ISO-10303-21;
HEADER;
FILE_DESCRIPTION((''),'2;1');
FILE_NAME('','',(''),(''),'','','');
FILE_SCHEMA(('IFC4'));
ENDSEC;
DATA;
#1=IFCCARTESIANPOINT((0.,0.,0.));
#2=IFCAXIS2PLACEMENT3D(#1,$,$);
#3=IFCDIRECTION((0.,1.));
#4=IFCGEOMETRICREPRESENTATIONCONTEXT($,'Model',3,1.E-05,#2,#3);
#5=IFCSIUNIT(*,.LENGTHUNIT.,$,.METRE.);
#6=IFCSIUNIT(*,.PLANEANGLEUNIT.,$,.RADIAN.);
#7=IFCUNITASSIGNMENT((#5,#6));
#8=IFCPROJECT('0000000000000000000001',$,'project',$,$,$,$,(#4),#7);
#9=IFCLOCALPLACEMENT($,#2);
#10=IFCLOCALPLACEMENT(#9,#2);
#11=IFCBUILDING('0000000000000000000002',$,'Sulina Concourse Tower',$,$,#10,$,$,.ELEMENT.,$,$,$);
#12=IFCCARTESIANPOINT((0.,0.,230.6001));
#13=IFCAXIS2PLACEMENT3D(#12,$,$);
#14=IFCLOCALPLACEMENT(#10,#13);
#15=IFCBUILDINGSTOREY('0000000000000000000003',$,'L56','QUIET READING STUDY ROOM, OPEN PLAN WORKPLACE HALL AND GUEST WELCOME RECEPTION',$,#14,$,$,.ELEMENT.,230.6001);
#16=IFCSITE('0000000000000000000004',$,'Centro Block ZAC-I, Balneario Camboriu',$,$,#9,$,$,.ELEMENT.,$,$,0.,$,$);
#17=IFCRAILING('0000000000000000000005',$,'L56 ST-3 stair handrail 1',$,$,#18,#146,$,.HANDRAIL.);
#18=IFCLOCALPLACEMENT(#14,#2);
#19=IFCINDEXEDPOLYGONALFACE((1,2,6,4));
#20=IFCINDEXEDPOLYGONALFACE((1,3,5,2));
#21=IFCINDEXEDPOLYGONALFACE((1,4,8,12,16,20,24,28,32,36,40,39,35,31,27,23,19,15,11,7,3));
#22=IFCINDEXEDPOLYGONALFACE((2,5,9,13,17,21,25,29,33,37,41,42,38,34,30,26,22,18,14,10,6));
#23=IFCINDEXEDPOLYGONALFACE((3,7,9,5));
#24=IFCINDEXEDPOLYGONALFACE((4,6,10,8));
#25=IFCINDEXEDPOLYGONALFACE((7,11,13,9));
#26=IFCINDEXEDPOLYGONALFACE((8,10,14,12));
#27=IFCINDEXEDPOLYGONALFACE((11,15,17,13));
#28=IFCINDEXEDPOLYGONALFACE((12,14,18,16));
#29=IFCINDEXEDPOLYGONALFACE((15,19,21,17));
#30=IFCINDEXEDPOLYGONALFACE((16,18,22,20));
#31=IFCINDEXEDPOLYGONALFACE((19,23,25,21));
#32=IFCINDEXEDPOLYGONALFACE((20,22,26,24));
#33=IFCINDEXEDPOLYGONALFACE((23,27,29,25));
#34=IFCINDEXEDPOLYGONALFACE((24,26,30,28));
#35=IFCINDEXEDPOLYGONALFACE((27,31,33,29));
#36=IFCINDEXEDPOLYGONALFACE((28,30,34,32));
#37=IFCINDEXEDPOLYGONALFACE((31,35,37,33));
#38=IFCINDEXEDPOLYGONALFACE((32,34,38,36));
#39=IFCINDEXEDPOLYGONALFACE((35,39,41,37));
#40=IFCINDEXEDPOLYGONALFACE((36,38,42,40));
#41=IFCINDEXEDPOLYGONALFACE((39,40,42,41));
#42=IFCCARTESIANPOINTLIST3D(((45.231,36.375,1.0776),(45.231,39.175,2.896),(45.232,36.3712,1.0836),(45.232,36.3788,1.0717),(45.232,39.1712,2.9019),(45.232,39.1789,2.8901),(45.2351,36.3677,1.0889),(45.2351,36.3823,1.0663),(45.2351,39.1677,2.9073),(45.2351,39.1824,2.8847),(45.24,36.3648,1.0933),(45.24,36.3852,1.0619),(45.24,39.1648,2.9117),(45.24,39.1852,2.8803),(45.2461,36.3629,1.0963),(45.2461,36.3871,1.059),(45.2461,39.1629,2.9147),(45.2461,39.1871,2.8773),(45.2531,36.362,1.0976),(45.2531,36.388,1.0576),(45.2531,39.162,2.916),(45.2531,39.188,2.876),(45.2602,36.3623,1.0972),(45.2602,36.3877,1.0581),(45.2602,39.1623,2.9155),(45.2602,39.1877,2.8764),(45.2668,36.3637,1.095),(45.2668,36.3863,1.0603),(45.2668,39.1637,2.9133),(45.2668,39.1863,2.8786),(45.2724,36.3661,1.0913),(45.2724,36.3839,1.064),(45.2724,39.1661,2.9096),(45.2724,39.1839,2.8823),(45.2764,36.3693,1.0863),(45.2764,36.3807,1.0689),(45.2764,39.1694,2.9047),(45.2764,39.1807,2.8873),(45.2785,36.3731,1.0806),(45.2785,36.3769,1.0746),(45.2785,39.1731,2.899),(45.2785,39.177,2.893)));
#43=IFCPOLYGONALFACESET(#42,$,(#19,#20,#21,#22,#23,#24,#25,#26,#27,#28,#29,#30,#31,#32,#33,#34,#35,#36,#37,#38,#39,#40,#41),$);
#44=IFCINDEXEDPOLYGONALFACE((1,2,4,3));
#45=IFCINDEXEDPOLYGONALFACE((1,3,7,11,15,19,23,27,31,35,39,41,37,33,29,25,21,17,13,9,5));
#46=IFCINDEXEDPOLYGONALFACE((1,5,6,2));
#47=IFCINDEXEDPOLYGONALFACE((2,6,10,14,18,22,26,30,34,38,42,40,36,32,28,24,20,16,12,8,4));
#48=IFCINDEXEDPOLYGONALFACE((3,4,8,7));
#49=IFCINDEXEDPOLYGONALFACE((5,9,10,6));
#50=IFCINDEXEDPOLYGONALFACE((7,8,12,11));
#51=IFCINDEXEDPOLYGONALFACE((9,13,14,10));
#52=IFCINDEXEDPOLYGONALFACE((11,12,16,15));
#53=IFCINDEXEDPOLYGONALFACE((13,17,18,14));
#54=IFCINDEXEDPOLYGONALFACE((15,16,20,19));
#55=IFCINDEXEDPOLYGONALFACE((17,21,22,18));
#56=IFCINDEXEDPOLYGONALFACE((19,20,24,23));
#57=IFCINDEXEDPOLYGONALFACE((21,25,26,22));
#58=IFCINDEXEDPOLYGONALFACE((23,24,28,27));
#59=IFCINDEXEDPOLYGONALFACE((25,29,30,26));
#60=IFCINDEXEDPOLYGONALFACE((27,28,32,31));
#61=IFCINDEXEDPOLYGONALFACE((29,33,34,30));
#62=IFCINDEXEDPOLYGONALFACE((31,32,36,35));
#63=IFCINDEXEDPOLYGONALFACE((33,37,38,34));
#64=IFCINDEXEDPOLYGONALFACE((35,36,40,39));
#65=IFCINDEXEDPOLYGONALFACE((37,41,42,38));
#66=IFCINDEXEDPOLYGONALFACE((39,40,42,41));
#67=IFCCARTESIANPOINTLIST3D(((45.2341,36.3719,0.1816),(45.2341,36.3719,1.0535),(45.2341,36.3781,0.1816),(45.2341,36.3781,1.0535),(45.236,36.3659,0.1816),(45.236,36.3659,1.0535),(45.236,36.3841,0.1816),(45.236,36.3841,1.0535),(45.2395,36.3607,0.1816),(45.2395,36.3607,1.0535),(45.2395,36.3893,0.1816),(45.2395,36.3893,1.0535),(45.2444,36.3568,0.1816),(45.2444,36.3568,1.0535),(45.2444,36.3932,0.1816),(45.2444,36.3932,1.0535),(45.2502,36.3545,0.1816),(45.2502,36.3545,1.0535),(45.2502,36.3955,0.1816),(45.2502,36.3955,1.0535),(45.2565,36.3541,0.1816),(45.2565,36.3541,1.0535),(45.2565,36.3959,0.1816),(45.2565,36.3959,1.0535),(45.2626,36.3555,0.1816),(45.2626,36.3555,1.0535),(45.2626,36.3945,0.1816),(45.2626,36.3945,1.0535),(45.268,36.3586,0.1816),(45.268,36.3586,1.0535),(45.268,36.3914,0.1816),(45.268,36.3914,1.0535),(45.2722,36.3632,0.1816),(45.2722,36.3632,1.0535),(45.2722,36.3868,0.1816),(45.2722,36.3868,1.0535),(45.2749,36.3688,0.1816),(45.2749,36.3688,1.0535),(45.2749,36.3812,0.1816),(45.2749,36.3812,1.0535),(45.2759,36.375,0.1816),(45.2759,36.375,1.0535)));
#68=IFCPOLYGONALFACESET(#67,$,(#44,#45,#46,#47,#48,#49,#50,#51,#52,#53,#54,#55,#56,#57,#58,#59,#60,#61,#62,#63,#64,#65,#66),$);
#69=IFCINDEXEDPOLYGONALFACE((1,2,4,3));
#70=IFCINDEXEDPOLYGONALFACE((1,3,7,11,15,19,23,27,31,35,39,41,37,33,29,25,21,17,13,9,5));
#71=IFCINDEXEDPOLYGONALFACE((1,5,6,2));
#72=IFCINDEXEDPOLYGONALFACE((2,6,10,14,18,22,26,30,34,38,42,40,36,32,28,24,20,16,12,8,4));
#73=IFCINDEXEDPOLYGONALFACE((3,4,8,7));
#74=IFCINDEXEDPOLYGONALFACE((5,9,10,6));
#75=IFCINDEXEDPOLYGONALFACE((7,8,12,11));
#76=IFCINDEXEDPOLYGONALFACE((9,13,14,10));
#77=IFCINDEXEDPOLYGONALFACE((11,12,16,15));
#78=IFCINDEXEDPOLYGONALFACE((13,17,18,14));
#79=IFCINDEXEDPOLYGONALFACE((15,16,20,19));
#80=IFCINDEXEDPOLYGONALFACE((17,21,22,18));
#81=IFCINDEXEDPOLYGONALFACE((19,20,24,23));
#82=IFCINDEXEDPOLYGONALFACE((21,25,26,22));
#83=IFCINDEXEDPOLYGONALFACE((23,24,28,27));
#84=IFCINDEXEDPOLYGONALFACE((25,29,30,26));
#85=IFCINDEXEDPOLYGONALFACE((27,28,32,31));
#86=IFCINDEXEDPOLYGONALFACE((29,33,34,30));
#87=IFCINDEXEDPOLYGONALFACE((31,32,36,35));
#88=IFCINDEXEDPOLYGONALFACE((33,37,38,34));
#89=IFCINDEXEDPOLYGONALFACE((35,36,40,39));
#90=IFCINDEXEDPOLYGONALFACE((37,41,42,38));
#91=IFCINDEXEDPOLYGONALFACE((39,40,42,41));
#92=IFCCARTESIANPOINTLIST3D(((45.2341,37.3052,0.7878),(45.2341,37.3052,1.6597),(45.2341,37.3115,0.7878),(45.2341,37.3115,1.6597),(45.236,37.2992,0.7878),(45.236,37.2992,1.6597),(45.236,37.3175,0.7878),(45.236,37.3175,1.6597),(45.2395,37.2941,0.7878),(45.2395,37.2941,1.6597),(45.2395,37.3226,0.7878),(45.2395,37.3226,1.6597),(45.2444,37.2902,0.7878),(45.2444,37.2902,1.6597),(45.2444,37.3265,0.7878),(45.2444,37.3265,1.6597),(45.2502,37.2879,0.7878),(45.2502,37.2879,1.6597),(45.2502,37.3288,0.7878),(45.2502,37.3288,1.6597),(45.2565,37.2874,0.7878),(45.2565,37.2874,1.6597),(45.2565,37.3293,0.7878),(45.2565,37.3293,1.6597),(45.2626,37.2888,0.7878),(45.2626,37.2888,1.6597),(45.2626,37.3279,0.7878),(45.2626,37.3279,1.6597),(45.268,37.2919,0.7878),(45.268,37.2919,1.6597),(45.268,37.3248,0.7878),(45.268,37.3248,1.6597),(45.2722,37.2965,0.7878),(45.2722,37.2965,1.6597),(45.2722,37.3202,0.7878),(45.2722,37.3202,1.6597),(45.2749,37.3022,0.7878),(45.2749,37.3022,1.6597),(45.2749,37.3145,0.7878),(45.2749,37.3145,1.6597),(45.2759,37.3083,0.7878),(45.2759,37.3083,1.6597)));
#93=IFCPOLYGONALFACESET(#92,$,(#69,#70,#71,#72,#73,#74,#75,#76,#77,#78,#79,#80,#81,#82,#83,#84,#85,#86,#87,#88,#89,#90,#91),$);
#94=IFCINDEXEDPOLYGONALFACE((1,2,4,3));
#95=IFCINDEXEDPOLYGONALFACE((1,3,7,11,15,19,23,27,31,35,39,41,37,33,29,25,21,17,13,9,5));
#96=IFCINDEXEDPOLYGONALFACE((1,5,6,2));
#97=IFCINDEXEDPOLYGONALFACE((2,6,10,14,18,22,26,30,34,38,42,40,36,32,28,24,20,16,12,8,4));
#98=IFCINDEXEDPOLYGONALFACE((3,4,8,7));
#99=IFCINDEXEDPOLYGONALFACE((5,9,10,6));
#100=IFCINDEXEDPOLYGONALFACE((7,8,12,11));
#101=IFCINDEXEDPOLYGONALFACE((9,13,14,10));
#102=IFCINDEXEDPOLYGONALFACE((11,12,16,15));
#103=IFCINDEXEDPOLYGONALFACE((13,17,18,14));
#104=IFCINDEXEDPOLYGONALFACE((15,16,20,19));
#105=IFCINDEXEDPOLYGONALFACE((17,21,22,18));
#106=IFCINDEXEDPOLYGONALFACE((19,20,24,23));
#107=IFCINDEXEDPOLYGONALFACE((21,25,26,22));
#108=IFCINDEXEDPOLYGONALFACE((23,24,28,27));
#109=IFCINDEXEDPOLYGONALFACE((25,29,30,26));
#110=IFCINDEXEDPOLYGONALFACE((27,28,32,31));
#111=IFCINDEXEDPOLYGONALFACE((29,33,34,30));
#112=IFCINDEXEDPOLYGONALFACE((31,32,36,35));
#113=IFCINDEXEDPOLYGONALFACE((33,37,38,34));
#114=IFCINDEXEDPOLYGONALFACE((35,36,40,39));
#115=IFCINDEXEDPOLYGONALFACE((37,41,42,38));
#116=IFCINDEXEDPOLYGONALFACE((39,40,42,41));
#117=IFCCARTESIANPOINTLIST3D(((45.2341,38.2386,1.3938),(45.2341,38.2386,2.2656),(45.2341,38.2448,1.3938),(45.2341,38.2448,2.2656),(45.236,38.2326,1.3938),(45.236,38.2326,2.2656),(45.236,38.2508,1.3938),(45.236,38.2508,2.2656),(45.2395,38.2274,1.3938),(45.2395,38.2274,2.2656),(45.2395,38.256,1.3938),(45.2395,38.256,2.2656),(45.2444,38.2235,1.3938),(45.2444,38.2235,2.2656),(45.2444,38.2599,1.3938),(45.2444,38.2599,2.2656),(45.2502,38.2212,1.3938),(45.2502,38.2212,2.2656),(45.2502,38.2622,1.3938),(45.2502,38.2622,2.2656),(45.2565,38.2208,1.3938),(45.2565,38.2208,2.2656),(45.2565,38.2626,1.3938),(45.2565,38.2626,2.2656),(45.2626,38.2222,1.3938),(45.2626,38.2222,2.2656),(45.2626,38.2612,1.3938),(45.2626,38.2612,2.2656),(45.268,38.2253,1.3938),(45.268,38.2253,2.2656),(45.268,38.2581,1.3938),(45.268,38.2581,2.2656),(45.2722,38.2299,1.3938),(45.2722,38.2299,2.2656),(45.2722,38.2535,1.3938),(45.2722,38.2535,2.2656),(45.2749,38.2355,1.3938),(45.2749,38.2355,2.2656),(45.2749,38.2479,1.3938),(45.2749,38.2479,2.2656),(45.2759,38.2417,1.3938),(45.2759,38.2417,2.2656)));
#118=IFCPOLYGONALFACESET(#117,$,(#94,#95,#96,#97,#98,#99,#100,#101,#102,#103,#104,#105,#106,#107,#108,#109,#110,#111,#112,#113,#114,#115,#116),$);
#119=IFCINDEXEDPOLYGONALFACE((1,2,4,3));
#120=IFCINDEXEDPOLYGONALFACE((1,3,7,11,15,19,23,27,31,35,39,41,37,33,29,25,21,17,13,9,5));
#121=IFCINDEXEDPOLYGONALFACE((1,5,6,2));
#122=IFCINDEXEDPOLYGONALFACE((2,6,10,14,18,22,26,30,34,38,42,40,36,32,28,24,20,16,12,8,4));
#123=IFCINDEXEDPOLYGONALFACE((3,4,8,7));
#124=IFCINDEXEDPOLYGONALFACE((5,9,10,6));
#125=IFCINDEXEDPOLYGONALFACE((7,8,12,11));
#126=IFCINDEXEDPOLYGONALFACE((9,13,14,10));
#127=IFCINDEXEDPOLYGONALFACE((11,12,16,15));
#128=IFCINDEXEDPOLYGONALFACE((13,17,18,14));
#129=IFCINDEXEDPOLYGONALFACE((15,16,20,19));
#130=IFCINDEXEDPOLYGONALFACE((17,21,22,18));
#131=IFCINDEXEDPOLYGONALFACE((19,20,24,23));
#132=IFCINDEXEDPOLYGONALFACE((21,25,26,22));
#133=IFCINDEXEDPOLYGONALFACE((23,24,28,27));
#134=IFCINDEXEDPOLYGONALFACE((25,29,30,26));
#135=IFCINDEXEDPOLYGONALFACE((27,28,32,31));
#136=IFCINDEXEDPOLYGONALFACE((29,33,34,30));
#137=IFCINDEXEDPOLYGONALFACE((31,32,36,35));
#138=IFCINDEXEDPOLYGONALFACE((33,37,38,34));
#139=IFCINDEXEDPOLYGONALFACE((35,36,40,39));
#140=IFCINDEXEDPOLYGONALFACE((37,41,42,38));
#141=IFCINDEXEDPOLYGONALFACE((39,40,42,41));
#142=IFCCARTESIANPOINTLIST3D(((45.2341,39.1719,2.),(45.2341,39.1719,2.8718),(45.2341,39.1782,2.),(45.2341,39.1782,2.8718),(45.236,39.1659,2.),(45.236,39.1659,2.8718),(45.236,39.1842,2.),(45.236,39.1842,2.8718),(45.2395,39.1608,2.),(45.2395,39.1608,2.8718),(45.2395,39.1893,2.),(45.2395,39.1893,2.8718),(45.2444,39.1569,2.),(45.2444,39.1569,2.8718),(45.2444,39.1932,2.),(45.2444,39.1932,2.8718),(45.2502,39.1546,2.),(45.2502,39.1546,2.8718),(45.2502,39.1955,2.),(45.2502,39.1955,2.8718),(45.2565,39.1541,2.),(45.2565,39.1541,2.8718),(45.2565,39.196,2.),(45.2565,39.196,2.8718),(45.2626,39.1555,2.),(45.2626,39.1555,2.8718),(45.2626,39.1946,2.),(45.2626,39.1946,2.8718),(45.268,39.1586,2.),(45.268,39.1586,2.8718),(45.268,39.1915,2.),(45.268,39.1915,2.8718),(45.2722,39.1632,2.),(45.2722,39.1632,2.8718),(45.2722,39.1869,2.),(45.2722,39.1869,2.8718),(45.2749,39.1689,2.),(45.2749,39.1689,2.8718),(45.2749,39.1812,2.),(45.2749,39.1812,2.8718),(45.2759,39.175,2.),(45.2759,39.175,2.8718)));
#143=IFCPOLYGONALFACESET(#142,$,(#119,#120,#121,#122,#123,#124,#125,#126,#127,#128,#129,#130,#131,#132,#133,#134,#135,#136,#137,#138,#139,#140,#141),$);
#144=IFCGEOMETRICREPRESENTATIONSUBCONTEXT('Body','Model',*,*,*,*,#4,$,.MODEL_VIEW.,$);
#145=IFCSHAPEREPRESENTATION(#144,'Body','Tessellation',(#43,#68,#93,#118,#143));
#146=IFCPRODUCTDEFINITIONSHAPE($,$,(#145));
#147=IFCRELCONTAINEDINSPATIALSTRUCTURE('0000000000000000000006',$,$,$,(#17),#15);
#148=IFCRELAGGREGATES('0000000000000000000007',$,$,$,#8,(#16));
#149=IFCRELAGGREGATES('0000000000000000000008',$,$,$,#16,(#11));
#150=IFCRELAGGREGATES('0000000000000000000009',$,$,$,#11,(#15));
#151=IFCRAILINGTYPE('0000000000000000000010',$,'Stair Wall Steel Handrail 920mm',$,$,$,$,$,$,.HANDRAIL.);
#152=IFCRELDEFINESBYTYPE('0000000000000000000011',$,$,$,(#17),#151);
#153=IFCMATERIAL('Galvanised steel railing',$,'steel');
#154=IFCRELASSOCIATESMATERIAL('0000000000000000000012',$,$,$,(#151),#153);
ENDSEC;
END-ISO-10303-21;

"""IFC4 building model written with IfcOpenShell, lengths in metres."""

from ifc_helpers import new_model, si_unit, direction, frame, origin, origin_2d, place, context, subcontext, project, spatial, circle, extrude, material, type_object, element, save


model = new_model("IFC4")

# Units and contexts
model_context = context("Model", 3, precision=1e-05, world=origin(), true_north=direction((0.0, 1.0)))
body_context = subcontext(model_context, "Body", "Model", "MODEL_VIEW")
ifc_project = project(units=[si_unit("LENGTHUNIT", "METRE"), si_unit("PLANEANGLEUNIT", "RADIAN")], contexts=[model_context])

# Site, building, storey
site_placement = place(None, origin())
site = spatial("IfcSite", under=ifc_project, at=site_placement, Name="Centro Block ZAC-I, Balneario Camboriu", CompositionType="ELEMENT", RefElevation=0.0)
building_placement = place(site_placement, origin())
building = spatial("IfcBuilding", under=site, at=building_placement, Name="Sulina Concourse Tower", CompositionType="ELEMENT")
storey_placement = place(building_placement, frame((0.0, 0.0, 230.6001)))
storey = spatial("IfcBuildingStorey", under=building, at=storey_placement, Name="L56", Description="QUIET READING STUDY ROOM, OPEN PLAN WORKPLACE HALL AND GUEST WELCOME RECEPTION", CompositionType="ELEMENT", Elevation=230.6001)

# Railing
ifc_material_1 = material(Name="Galvanised steel railing", Category="steel")
railing_type_1 = type_object("IfcRailingType", Name="Stair Wall Steel Handrail 920mm", PredefinedType="HANDRAIL", material=ifc_material_1)
railing_1_placement = place(storey_placement, frame((45.2549, 36.375, 0.1816)))
element("IfcRailing", 1, at=railing_1_placement, inside=storey, type_object=railing_type_1, Name="L56 ST-3 stair handrail 1", PredefinedType="HANDRAIL", context=body_context, shape_type="SweptSolid", body=[
    extrude(circle(Radius=0.0239, at=origin_2d()), frame((0.0, 0.0, 0.896), z_axis=(0.0, 0.838672, 0.544636), x_axis=(-1.0, 0.0, 0.0)), (0.0, 0.0, 1.0), 3.3386),
    extrude(circle(Radius=0.021, at=origin_2d()), origin(), (0.0, 0.0, 1.0), 0.8718),
    extrude(circle(Radius=0.021, at=origin_2d()), frame((0.0, 0.9333, 0.6062)), (0.0, 0.0, 1.0), 0.8718),
    extrude(circle(Radius=0.021, at=origin_2d()), frame((0.0, 1.8667, 1.2122)), (0.0, 0.0, 1.0), 0.8718),
    extrude(circle(Radius=0.021, at=origin_2d()), frame((0.0, 2.8, 1.8184)), (0.0, 0.0, 1.0), 0.8718),
])

save(model, "model.ifc")
